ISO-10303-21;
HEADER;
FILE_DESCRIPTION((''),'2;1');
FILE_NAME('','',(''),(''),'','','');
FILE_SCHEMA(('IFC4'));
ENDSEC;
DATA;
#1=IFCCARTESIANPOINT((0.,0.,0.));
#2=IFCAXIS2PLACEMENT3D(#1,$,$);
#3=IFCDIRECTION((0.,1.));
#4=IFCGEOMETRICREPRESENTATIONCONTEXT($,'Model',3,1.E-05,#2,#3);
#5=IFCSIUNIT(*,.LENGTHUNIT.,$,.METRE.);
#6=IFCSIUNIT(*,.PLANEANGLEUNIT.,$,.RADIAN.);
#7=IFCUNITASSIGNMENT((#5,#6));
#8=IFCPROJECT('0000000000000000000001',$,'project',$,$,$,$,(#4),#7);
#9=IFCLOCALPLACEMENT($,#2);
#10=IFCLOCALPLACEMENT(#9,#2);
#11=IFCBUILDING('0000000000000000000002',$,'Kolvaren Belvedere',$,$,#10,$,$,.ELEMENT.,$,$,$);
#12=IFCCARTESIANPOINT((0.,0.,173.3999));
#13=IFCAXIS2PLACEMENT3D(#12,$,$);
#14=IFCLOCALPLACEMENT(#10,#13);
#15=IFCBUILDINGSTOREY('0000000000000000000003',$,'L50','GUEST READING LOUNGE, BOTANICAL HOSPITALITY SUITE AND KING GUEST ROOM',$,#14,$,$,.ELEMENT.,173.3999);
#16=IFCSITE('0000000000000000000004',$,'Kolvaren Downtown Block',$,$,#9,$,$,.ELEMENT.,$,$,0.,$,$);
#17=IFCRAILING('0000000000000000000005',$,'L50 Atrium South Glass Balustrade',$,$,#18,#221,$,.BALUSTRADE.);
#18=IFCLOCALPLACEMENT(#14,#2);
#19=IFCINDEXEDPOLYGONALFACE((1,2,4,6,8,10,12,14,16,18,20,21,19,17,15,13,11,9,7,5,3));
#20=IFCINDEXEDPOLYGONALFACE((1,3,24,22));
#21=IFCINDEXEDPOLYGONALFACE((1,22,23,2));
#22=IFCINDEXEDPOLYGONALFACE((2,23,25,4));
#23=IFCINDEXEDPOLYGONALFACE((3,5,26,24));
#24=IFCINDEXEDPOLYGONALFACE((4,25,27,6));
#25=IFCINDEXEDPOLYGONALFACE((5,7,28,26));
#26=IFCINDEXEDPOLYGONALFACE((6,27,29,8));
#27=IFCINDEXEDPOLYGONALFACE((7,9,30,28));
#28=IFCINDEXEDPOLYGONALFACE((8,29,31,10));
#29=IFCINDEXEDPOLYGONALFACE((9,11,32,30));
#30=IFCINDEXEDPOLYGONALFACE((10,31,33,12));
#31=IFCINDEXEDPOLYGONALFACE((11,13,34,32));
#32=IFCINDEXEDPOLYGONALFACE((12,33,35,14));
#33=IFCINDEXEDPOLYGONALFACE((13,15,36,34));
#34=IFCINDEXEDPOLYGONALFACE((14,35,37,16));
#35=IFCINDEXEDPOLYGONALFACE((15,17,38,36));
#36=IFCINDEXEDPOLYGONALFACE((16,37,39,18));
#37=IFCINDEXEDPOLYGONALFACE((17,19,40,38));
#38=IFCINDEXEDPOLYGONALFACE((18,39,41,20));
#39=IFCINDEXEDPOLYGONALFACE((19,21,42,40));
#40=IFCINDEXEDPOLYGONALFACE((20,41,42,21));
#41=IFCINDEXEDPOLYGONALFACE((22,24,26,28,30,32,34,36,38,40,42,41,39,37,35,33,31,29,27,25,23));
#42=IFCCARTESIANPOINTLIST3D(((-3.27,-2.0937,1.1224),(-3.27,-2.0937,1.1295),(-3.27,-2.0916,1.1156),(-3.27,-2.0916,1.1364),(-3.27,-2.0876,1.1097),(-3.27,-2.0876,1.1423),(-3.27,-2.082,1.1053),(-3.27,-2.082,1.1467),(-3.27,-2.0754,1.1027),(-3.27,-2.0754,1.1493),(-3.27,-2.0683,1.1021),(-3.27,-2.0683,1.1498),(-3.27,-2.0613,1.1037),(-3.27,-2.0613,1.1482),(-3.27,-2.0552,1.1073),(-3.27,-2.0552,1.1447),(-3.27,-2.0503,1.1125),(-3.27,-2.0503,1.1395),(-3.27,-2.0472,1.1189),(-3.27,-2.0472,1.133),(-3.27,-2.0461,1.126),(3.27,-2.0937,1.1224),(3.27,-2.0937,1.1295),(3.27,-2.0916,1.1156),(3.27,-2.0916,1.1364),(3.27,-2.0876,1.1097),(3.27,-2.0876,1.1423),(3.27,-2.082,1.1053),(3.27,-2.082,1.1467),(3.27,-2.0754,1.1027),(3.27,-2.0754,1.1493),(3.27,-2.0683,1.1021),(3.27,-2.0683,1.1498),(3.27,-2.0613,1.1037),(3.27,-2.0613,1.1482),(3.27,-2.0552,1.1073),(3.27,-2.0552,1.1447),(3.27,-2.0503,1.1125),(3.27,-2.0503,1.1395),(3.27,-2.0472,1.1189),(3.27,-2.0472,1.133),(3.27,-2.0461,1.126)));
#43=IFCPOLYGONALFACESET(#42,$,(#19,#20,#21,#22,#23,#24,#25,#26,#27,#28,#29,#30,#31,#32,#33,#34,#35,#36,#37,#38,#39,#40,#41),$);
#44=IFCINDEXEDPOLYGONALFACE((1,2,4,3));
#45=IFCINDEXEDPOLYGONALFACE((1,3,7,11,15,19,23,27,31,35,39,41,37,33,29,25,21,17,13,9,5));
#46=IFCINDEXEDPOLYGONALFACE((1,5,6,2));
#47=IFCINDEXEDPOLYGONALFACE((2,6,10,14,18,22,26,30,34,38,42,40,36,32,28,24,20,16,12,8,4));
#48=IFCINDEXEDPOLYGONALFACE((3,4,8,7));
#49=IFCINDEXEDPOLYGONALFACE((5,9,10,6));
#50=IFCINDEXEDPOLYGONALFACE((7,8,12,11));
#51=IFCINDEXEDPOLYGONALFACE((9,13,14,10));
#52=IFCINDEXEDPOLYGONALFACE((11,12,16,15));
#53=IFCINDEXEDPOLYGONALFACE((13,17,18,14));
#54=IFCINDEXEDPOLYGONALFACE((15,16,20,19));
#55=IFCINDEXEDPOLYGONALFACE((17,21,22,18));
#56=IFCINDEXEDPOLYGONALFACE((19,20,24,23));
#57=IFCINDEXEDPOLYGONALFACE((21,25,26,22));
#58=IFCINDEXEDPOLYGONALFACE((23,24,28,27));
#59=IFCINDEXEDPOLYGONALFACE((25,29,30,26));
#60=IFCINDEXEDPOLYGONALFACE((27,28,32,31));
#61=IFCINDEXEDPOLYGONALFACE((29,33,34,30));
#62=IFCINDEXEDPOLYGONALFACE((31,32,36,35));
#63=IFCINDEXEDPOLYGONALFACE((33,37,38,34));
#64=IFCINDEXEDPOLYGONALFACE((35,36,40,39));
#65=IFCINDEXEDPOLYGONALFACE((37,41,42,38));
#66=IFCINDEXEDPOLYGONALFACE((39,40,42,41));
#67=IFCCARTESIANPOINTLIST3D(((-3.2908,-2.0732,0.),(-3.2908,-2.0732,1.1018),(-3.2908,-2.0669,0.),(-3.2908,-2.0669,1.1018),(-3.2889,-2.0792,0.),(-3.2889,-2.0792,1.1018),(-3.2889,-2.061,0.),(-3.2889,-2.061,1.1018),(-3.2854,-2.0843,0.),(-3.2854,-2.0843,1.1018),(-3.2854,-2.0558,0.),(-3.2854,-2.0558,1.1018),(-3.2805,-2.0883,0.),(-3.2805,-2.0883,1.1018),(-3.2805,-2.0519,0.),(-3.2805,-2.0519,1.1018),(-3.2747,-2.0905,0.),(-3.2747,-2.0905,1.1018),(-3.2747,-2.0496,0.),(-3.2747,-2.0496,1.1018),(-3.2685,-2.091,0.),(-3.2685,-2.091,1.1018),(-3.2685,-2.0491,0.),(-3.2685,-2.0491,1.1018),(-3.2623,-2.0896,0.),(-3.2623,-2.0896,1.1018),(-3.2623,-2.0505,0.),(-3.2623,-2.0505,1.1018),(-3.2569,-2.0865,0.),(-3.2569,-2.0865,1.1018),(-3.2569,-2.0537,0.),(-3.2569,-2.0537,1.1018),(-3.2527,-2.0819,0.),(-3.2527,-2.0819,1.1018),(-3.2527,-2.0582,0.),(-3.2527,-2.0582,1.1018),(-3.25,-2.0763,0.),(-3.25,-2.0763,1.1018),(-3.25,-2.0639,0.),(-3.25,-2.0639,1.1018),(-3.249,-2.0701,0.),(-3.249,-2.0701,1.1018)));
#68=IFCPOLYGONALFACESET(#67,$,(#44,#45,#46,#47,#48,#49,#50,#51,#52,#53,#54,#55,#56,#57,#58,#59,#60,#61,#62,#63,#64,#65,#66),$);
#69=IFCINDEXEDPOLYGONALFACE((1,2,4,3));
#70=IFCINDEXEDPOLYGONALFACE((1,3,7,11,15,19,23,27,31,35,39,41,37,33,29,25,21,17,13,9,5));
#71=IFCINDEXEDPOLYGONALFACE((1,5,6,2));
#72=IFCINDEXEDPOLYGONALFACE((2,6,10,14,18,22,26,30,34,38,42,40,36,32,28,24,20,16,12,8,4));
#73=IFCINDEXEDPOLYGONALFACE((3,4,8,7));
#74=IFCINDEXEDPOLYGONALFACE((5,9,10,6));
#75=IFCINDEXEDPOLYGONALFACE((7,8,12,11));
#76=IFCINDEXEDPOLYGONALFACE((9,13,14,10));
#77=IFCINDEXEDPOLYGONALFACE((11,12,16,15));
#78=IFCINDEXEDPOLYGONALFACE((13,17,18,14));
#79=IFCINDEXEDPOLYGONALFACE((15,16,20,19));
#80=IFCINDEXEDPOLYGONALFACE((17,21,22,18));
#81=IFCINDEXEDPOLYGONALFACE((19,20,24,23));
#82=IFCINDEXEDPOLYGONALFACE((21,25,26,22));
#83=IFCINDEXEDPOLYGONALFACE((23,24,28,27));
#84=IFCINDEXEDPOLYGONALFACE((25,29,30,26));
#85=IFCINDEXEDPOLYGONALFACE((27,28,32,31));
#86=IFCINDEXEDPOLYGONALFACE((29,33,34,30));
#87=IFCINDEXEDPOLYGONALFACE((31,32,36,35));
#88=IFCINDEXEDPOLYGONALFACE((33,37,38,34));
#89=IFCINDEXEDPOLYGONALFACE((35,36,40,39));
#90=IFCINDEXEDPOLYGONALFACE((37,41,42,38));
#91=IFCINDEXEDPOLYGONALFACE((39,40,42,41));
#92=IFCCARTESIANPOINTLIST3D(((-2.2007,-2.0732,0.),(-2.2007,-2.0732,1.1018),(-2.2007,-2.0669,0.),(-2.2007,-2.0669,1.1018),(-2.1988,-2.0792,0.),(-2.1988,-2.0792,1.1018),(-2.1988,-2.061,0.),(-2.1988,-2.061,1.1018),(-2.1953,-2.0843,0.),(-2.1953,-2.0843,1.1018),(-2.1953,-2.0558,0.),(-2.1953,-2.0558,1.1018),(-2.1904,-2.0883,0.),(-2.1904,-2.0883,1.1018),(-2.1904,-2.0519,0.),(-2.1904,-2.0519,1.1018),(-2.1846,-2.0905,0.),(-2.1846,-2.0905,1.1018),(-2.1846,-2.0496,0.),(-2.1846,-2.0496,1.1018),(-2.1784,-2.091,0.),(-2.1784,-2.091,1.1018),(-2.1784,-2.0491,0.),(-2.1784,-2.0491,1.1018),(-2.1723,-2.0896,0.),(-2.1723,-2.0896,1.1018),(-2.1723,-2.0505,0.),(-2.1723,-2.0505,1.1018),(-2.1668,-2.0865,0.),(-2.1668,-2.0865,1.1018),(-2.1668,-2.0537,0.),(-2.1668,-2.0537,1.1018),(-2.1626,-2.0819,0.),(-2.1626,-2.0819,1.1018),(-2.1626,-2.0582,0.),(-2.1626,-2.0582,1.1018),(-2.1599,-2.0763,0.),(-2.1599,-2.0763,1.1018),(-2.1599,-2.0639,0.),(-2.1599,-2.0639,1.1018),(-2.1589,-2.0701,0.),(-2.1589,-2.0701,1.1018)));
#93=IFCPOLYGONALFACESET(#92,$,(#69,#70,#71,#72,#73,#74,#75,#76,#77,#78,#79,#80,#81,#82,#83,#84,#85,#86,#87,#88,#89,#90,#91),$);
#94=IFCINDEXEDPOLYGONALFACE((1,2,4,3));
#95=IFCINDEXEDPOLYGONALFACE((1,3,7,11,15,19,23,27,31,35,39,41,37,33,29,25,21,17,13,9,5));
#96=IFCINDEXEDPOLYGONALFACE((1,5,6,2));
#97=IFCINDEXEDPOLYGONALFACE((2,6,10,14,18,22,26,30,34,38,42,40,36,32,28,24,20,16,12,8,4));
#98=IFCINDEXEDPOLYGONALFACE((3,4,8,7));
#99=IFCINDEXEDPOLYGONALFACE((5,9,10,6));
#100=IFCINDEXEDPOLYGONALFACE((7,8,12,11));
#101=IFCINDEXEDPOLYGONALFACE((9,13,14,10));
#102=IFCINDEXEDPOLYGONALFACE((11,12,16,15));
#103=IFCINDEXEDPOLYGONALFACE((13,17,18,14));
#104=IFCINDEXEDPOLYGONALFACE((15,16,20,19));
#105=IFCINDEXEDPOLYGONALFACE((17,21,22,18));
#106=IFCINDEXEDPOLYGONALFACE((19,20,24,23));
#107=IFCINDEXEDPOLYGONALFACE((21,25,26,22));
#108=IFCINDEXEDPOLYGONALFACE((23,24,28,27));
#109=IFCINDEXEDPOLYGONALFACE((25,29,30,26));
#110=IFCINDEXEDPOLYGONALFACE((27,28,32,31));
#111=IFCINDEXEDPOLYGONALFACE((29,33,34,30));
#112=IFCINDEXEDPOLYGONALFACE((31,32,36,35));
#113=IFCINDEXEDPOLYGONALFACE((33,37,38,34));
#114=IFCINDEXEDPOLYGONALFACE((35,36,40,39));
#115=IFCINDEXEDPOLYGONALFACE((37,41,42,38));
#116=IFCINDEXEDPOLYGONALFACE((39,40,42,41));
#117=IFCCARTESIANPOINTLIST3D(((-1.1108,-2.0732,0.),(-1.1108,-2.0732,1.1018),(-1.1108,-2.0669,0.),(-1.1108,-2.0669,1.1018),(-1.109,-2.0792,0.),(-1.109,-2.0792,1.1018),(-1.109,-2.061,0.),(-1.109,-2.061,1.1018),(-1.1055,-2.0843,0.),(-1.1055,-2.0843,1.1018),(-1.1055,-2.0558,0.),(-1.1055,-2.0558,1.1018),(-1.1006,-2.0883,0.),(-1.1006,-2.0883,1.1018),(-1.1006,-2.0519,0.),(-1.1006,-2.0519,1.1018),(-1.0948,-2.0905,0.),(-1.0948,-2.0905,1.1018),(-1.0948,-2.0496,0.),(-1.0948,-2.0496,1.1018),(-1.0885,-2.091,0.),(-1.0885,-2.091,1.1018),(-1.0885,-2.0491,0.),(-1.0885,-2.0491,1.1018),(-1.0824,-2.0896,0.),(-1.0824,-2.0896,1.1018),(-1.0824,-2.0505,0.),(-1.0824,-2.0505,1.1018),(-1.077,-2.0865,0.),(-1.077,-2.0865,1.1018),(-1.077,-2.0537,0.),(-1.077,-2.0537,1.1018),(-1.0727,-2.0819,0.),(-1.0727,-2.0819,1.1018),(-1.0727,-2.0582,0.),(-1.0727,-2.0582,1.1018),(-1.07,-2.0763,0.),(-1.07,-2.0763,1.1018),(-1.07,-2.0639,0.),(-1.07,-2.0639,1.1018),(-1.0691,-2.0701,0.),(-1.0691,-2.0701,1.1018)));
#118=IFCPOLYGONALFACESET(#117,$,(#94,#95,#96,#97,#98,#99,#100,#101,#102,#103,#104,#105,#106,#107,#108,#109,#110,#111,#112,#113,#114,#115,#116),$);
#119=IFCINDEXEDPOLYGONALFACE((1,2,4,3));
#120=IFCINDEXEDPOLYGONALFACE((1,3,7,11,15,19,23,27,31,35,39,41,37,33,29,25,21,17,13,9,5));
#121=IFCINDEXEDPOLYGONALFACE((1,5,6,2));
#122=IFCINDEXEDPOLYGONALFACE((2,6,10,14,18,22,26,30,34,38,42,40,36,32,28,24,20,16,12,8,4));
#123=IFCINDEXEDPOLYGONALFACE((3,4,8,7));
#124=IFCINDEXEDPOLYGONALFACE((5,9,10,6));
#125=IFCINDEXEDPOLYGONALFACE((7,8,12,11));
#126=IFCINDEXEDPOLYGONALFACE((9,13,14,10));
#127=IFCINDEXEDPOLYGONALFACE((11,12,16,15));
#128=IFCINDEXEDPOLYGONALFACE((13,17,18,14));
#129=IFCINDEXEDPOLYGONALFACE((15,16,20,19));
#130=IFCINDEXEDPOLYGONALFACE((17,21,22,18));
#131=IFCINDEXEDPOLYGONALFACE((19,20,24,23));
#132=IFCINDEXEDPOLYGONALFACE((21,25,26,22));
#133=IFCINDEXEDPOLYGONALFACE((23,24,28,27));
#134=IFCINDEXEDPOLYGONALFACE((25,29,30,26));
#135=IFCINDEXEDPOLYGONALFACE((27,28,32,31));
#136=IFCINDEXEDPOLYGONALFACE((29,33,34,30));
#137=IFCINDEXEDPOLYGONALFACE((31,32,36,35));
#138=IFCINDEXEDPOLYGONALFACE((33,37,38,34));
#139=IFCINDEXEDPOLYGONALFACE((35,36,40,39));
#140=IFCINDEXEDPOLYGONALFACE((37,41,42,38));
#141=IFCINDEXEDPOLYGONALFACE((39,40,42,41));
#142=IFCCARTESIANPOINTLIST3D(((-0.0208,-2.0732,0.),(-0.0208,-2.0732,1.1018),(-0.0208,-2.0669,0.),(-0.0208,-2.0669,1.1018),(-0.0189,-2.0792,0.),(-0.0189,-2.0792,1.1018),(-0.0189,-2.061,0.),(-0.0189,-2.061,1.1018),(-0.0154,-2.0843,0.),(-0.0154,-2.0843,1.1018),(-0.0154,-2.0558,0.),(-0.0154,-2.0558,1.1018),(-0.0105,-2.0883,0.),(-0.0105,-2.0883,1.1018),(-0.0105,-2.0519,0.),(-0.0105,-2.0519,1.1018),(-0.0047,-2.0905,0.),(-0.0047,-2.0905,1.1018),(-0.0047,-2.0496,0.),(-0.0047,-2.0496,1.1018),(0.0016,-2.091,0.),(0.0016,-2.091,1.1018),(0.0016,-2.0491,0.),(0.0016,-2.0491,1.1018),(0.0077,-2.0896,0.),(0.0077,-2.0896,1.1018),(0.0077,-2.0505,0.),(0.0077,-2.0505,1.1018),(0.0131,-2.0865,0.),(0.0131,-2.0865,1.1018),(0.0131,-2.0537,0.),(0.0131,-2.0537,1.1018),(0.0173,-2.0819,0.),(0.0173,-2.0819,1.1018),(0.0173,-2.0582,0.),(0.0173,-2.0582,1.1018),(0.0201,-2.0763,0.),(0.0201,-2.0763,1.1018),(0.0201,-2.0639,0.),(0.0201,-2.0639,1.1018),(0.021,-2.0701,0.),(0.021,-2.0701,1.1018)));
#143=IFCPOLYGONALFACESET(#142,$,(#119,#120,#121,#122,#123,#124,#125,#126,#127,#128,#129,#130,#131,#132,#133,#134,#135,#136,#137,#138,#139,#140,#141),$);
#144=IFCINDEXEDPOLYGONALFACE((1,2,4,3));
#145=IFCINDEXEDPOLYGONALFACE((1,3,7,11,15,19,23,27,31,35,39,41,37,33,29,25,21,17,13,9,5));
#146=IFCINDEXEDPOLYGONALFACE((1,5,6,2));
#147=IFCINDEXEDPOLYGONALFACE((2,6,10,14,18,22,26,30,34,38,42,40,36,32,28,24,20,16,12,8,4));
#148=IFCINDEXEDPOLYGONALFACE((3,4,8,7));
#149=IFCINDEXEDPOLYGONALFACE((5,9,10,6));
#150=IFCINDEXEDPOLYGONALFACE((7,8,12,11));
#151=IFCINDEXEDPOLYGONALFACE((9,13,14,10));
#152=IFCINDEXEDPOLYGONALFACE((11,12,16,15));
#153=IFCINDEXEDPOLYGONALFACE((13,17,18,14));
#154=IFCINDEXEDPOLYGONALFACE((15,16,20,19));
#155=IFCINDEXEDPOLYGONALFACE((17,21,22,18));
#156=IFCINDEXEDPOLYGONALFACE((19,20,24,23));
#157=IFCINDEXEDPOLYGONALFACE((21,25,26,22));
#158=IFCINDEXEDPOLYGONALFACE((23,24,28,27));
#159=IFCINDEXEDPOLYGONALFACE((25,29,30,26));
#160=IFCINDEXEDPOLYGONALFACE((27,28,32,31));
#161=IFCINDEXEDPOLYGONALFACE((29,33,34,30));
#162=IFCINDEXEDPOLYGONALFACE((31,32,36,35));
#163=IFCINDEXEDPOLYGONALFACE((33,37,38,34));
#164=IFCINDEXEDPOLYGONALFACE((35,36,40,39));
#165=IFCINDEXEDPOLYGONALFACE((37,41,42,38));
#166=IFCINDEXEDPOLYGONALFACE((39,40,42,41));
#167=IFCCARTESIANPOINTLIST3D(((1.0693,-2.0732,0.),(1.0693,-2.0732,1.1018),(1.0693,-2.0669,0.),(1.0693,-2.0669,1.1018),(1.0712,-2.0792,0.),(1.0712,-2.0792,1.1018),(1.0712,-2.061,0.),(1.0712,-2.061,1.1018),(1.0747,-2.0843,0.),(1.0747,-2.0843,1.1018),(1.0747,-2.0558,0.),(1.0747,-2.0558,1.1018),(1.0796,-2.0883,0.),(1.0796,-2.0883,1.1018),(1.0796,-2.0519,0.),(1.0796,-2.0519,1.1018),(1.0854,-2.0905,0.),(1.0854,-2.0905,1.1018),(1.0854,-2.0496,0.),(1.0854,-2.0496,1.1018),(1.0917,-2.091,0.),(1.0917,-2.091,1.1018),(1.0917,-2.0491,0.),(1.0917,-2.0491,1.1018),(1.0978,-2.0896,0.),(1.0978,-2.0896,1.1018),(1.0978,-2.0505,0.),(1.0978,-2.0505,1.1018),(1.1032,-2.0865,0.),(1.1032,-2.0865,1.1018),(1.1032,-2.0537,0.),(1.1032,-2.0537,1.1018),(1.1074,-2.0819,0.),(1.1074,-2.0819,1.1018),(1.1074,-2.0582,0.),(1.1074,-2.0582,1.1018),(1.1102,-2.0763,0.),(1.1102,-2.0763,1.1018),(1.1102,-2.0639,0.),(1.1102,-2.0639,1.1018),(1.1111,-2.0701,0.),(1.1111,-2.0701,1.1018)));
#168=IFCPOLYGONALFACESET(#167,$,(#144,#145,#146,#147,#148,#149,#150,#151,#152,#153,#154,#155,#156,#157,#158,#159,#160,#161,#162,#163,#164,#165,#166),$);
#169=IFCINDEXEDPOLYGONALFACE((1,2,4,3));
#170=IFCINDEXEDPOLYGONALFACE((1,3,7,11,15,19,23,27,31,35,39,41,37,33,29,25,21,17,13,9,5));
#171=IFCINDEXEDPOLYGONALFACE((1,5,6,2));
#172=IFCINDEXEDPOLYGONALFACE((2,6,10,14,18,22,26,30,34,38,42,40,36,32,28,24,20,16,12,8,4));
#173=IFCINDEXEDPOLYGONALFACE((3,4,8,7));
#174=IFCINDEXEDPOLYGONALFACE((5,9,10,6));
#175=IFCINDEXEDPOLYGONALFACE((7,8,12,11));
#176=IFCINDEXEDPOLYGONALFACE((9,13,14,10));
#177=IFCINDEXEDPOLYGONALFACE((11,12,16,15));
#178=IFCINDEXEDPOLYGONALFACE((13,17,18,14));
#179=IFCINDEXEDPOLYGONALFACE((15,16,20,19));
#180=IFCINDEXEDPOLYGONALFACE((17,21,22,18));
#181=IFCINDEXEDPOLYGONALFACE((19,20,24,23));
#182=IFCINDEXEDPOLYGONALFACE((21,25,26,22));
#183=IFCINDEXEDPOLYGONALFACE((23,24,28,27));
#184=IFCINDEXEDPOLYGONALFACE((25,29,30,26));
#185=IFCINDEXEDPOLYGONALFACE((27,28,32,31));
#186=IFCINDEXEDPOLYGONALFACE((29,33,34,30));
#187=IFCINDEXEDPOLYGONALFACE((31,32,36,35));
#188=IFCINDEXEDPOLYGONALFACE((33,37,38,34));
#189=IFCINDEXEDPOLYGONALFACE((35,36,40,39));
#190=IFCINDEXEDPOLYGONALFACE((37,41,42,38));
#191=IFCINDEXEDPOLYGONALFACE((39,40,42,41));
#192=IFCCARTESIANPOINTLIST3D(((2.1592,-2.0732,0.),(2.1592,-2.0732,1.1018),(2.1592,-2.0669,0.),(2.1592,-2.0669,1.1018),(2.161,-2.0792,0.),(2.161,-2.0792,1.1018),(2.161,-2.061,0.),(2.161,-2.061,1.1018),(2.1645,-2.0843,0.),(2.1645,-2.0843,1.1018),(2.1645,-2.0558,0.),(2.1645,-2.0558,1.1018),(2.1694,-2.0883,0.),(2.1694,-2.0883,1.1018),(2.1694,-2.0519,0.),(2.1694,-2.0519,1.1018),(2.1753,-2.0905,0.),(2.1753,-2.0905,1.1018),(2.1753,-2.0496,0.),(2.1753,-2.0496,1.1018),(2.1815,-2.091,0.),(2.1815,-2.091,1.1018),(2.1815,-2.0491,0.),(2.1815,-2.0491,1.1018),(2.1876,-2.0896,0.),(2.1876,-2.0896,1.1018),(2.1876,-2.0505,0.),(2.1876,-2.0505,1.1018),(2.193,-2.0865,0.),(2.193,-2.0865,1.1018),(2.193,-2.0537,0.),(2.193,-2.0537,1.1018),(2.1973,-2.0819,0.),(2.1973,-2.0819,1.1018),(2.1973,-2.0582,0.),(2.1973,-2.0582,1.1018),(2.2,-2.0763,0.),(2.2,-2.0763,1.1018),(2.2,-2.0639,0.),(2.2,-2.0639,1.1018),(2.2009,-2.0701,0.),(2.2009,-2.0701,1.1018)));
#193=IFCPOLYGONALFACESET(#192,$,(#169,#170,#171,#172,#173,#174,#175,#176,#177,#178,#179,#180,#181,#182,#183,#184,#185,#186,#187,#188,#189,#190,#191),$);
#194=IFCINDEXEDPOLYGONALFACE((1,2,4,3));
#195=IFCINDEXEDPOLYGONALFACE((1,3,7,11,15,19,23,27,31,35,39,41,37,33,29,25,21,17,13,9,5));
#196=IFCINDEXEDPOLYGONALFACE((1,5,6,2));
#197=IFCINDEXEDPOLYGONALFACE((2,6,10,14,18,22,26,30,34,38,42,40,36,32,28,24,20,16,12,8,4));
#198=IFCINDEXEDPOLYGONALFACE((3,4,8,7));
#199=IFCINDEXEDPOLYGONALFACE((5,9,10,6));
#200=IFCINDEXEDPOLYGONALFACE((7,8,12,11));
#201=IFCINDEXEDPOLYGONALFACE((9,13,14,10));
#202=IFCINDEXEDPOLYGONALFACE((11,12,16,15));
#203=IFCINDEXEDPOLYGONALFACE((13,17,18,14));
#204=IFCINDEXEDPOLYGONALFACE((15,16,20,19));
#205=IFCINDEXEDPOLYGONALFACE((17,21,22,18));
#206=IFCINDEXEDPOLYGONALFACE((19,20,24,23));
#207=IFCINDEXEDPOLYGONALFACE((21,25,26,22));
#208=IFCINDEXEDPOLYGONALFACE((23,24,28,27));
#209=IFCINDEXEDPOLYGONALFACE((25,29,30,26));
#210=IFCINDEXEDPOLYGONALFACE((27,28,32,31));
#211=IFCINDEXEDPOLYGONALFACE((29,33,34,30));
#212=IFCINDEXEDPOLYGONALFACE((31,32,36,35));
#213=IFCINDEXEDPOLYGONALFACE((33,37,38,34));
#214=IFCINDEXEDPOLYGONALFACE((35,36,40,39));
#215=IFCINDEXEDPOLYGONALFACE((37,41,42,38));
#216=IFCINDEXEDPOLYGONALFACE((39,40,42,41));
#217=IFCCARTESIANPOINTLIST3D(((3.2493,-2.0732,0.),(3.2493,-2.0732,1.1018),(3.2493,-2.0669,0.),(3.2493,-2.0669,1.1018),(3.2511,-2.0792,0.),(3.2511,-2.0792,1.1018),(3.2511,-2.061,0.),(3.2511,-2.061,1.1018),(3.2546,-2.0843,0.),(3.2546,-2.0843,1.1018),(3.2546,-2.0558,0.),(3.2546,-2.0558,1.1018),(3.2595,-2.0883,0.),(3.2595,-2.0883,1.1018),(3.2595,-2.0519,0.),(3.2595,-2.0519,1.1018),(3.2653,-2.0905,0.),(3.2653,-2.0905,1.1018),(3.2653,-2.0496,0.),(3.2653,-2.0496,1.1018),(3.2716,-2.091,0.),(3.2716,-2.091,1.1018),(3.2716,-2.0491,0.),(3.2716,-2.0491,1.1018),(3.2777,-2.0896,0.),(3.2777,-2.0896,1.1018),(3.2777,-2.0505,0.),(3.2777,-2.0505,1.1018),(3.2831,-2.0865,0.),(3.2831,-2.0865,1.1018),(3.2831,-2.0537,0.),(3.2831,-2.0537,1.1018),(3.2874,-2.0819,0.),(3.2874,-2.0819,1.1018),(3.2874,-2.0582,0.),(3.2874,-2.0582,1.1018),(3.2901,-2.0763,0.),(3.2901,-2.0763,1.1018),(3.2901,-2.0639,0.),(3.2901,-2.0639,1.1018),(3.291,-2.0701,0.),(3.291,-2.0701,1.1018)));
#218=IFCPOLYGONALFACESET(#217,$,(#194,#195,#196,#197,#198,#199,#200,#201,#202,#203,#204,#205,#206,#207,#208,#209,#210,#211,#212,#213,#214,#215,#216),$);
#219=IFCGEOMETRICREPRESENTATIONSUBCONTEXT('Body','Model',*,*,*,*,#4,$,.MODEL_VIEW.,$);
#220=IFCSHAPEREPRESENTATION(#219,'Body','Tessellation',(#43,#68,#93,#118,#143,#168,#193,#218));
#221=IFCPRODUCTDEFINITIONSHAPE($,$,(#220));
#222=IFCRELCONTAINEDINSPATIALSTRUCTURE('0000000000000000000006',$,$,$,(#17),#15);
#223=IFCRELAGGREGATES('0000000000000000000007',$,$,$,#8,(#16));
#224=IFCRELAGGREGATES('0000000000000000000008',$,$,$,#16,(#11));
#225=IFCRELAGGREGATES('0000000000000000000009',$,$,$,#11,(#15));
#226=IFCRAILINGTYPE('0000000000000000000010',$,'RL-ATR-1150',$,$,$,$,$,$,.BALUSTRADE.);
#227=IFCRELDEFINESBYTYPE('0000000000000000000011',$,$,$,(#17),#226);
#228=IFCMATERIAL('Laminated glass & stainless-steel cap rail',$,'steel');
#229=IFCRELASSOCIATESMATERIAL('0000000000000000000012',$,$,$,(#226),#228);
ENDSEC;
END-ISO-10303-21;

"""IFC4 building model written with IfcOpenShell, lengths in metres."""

from ifc_helpers import new_model, si_unit, direction, frame, origin, origin_2d, place, context, subcontext, project, spatial, circle, extrude, material, type_object, element, save


model = new_model("IFC4")

# Units and contexts
model_context = context("Model", 3, precision=1e-05, world=origin(), true_north=direction((0.0, 1.0)))
body_context = subcontext(model_context, "Body", "Model", "MODEL_VIEW")
ifc_project = project(units=[si_unit("LENGTHUNIT", "METRE"), si_unit("PLANEANGLEUNIT", "RADIAN")], contexts=[model_context])

# Site, building, storey
site_placement = place(None, origin())
site = spatial("IfcSite", under=ifc_project, at=site_placement, Name="Kolvaren Downtown Block", CompositionType="ELEMENT", RefElevation=0.0)
building_placement = place(site_placement, origin())
building = spatial("IfcBuilding", under=site, at=building_placement, Name="Kolvaren Belvedere", CompositionType="ELEMENT")
storey_placement = place(building_placement, frame((0.0, 0.0, 173.3999)))
storey = spatial("IfcBuildingStorey", under=building, at=storey_placement, Name="L50", Description="GUEST READING LOUNGE, BOTANICAL HOSPITALITY SUITE AND KING GUEST ROOM", CompositionType="ELEMENT", Elevation=173.3999)

# Railing
ifc_material_1 = material(Name="Laminated glass & stainless-steel cap rail", Category="steel")
railing_type_1 = type_object("IfcRailingType", Name="RL-ATR-1150", PredefinedType="BALUSTRADE", material=ifc_material_1)
railing_1_placement = place(storey_placement, frame((-3.27, -2.0701, 0.0)))
element("IfcRailing", 1, at=railing_1_placement, inside=storey, type_object=railing_type_1, Name="L50 Atrium South Glass Balustrade", PredefinedType="BALUSTRADE", context=body_context, shape_type="SweptSolid", body=[
    extrude(circle(Radius=0.0239, at=origin_2d()), frame((0.0, 0.0, 1.126), z_axis=(1.0, 0.0, 0.0), x_axis=(0.0, 1.0, 0.0)), (0.0, 0.0, 1.0), 6.54),
    extrude(circle(Radius=0.021, at=origin_2d()), origin(), (0.0, 0.0, 1.0), 1.1018),
    extrude(circle(Radius=0.021, at=origin_2d()), frame((1.0901, 0.0, 0.0)), (0.0, 0.0, 1.0), 1.1018),
    extrude(circle(Radius=0.021, at=origin_2d()), frame((2.1799, 0.0, 0.0)), (0.0, 0.0, 1.0), 1.1018),
    extrude(circle(Radius=0.021, at=origin_2d()), frame((3.27, 0.0, 0.0)), (0.0, 0.0, 1.0), 1.1018),
    extrude(circle(Radius=0.021, at=origin_2d()), frame((4.3601, 0.0, 0.0)), (0.0, 0.0, 1.0), 1.1018),
    extrude(circle(Radius=0.021, at=origin_2d()), frame((5.45, 0.0, 0.0)), (0.0, 0.0, 1.0), 1.1018),
    extrude(circle(Radius=0.021, at=origin_2d()), frame((6.54, 0.0, 0.0)), (0.0, 0.0, 1.0), 1.1018),
])

save(model, "model.ifc")
